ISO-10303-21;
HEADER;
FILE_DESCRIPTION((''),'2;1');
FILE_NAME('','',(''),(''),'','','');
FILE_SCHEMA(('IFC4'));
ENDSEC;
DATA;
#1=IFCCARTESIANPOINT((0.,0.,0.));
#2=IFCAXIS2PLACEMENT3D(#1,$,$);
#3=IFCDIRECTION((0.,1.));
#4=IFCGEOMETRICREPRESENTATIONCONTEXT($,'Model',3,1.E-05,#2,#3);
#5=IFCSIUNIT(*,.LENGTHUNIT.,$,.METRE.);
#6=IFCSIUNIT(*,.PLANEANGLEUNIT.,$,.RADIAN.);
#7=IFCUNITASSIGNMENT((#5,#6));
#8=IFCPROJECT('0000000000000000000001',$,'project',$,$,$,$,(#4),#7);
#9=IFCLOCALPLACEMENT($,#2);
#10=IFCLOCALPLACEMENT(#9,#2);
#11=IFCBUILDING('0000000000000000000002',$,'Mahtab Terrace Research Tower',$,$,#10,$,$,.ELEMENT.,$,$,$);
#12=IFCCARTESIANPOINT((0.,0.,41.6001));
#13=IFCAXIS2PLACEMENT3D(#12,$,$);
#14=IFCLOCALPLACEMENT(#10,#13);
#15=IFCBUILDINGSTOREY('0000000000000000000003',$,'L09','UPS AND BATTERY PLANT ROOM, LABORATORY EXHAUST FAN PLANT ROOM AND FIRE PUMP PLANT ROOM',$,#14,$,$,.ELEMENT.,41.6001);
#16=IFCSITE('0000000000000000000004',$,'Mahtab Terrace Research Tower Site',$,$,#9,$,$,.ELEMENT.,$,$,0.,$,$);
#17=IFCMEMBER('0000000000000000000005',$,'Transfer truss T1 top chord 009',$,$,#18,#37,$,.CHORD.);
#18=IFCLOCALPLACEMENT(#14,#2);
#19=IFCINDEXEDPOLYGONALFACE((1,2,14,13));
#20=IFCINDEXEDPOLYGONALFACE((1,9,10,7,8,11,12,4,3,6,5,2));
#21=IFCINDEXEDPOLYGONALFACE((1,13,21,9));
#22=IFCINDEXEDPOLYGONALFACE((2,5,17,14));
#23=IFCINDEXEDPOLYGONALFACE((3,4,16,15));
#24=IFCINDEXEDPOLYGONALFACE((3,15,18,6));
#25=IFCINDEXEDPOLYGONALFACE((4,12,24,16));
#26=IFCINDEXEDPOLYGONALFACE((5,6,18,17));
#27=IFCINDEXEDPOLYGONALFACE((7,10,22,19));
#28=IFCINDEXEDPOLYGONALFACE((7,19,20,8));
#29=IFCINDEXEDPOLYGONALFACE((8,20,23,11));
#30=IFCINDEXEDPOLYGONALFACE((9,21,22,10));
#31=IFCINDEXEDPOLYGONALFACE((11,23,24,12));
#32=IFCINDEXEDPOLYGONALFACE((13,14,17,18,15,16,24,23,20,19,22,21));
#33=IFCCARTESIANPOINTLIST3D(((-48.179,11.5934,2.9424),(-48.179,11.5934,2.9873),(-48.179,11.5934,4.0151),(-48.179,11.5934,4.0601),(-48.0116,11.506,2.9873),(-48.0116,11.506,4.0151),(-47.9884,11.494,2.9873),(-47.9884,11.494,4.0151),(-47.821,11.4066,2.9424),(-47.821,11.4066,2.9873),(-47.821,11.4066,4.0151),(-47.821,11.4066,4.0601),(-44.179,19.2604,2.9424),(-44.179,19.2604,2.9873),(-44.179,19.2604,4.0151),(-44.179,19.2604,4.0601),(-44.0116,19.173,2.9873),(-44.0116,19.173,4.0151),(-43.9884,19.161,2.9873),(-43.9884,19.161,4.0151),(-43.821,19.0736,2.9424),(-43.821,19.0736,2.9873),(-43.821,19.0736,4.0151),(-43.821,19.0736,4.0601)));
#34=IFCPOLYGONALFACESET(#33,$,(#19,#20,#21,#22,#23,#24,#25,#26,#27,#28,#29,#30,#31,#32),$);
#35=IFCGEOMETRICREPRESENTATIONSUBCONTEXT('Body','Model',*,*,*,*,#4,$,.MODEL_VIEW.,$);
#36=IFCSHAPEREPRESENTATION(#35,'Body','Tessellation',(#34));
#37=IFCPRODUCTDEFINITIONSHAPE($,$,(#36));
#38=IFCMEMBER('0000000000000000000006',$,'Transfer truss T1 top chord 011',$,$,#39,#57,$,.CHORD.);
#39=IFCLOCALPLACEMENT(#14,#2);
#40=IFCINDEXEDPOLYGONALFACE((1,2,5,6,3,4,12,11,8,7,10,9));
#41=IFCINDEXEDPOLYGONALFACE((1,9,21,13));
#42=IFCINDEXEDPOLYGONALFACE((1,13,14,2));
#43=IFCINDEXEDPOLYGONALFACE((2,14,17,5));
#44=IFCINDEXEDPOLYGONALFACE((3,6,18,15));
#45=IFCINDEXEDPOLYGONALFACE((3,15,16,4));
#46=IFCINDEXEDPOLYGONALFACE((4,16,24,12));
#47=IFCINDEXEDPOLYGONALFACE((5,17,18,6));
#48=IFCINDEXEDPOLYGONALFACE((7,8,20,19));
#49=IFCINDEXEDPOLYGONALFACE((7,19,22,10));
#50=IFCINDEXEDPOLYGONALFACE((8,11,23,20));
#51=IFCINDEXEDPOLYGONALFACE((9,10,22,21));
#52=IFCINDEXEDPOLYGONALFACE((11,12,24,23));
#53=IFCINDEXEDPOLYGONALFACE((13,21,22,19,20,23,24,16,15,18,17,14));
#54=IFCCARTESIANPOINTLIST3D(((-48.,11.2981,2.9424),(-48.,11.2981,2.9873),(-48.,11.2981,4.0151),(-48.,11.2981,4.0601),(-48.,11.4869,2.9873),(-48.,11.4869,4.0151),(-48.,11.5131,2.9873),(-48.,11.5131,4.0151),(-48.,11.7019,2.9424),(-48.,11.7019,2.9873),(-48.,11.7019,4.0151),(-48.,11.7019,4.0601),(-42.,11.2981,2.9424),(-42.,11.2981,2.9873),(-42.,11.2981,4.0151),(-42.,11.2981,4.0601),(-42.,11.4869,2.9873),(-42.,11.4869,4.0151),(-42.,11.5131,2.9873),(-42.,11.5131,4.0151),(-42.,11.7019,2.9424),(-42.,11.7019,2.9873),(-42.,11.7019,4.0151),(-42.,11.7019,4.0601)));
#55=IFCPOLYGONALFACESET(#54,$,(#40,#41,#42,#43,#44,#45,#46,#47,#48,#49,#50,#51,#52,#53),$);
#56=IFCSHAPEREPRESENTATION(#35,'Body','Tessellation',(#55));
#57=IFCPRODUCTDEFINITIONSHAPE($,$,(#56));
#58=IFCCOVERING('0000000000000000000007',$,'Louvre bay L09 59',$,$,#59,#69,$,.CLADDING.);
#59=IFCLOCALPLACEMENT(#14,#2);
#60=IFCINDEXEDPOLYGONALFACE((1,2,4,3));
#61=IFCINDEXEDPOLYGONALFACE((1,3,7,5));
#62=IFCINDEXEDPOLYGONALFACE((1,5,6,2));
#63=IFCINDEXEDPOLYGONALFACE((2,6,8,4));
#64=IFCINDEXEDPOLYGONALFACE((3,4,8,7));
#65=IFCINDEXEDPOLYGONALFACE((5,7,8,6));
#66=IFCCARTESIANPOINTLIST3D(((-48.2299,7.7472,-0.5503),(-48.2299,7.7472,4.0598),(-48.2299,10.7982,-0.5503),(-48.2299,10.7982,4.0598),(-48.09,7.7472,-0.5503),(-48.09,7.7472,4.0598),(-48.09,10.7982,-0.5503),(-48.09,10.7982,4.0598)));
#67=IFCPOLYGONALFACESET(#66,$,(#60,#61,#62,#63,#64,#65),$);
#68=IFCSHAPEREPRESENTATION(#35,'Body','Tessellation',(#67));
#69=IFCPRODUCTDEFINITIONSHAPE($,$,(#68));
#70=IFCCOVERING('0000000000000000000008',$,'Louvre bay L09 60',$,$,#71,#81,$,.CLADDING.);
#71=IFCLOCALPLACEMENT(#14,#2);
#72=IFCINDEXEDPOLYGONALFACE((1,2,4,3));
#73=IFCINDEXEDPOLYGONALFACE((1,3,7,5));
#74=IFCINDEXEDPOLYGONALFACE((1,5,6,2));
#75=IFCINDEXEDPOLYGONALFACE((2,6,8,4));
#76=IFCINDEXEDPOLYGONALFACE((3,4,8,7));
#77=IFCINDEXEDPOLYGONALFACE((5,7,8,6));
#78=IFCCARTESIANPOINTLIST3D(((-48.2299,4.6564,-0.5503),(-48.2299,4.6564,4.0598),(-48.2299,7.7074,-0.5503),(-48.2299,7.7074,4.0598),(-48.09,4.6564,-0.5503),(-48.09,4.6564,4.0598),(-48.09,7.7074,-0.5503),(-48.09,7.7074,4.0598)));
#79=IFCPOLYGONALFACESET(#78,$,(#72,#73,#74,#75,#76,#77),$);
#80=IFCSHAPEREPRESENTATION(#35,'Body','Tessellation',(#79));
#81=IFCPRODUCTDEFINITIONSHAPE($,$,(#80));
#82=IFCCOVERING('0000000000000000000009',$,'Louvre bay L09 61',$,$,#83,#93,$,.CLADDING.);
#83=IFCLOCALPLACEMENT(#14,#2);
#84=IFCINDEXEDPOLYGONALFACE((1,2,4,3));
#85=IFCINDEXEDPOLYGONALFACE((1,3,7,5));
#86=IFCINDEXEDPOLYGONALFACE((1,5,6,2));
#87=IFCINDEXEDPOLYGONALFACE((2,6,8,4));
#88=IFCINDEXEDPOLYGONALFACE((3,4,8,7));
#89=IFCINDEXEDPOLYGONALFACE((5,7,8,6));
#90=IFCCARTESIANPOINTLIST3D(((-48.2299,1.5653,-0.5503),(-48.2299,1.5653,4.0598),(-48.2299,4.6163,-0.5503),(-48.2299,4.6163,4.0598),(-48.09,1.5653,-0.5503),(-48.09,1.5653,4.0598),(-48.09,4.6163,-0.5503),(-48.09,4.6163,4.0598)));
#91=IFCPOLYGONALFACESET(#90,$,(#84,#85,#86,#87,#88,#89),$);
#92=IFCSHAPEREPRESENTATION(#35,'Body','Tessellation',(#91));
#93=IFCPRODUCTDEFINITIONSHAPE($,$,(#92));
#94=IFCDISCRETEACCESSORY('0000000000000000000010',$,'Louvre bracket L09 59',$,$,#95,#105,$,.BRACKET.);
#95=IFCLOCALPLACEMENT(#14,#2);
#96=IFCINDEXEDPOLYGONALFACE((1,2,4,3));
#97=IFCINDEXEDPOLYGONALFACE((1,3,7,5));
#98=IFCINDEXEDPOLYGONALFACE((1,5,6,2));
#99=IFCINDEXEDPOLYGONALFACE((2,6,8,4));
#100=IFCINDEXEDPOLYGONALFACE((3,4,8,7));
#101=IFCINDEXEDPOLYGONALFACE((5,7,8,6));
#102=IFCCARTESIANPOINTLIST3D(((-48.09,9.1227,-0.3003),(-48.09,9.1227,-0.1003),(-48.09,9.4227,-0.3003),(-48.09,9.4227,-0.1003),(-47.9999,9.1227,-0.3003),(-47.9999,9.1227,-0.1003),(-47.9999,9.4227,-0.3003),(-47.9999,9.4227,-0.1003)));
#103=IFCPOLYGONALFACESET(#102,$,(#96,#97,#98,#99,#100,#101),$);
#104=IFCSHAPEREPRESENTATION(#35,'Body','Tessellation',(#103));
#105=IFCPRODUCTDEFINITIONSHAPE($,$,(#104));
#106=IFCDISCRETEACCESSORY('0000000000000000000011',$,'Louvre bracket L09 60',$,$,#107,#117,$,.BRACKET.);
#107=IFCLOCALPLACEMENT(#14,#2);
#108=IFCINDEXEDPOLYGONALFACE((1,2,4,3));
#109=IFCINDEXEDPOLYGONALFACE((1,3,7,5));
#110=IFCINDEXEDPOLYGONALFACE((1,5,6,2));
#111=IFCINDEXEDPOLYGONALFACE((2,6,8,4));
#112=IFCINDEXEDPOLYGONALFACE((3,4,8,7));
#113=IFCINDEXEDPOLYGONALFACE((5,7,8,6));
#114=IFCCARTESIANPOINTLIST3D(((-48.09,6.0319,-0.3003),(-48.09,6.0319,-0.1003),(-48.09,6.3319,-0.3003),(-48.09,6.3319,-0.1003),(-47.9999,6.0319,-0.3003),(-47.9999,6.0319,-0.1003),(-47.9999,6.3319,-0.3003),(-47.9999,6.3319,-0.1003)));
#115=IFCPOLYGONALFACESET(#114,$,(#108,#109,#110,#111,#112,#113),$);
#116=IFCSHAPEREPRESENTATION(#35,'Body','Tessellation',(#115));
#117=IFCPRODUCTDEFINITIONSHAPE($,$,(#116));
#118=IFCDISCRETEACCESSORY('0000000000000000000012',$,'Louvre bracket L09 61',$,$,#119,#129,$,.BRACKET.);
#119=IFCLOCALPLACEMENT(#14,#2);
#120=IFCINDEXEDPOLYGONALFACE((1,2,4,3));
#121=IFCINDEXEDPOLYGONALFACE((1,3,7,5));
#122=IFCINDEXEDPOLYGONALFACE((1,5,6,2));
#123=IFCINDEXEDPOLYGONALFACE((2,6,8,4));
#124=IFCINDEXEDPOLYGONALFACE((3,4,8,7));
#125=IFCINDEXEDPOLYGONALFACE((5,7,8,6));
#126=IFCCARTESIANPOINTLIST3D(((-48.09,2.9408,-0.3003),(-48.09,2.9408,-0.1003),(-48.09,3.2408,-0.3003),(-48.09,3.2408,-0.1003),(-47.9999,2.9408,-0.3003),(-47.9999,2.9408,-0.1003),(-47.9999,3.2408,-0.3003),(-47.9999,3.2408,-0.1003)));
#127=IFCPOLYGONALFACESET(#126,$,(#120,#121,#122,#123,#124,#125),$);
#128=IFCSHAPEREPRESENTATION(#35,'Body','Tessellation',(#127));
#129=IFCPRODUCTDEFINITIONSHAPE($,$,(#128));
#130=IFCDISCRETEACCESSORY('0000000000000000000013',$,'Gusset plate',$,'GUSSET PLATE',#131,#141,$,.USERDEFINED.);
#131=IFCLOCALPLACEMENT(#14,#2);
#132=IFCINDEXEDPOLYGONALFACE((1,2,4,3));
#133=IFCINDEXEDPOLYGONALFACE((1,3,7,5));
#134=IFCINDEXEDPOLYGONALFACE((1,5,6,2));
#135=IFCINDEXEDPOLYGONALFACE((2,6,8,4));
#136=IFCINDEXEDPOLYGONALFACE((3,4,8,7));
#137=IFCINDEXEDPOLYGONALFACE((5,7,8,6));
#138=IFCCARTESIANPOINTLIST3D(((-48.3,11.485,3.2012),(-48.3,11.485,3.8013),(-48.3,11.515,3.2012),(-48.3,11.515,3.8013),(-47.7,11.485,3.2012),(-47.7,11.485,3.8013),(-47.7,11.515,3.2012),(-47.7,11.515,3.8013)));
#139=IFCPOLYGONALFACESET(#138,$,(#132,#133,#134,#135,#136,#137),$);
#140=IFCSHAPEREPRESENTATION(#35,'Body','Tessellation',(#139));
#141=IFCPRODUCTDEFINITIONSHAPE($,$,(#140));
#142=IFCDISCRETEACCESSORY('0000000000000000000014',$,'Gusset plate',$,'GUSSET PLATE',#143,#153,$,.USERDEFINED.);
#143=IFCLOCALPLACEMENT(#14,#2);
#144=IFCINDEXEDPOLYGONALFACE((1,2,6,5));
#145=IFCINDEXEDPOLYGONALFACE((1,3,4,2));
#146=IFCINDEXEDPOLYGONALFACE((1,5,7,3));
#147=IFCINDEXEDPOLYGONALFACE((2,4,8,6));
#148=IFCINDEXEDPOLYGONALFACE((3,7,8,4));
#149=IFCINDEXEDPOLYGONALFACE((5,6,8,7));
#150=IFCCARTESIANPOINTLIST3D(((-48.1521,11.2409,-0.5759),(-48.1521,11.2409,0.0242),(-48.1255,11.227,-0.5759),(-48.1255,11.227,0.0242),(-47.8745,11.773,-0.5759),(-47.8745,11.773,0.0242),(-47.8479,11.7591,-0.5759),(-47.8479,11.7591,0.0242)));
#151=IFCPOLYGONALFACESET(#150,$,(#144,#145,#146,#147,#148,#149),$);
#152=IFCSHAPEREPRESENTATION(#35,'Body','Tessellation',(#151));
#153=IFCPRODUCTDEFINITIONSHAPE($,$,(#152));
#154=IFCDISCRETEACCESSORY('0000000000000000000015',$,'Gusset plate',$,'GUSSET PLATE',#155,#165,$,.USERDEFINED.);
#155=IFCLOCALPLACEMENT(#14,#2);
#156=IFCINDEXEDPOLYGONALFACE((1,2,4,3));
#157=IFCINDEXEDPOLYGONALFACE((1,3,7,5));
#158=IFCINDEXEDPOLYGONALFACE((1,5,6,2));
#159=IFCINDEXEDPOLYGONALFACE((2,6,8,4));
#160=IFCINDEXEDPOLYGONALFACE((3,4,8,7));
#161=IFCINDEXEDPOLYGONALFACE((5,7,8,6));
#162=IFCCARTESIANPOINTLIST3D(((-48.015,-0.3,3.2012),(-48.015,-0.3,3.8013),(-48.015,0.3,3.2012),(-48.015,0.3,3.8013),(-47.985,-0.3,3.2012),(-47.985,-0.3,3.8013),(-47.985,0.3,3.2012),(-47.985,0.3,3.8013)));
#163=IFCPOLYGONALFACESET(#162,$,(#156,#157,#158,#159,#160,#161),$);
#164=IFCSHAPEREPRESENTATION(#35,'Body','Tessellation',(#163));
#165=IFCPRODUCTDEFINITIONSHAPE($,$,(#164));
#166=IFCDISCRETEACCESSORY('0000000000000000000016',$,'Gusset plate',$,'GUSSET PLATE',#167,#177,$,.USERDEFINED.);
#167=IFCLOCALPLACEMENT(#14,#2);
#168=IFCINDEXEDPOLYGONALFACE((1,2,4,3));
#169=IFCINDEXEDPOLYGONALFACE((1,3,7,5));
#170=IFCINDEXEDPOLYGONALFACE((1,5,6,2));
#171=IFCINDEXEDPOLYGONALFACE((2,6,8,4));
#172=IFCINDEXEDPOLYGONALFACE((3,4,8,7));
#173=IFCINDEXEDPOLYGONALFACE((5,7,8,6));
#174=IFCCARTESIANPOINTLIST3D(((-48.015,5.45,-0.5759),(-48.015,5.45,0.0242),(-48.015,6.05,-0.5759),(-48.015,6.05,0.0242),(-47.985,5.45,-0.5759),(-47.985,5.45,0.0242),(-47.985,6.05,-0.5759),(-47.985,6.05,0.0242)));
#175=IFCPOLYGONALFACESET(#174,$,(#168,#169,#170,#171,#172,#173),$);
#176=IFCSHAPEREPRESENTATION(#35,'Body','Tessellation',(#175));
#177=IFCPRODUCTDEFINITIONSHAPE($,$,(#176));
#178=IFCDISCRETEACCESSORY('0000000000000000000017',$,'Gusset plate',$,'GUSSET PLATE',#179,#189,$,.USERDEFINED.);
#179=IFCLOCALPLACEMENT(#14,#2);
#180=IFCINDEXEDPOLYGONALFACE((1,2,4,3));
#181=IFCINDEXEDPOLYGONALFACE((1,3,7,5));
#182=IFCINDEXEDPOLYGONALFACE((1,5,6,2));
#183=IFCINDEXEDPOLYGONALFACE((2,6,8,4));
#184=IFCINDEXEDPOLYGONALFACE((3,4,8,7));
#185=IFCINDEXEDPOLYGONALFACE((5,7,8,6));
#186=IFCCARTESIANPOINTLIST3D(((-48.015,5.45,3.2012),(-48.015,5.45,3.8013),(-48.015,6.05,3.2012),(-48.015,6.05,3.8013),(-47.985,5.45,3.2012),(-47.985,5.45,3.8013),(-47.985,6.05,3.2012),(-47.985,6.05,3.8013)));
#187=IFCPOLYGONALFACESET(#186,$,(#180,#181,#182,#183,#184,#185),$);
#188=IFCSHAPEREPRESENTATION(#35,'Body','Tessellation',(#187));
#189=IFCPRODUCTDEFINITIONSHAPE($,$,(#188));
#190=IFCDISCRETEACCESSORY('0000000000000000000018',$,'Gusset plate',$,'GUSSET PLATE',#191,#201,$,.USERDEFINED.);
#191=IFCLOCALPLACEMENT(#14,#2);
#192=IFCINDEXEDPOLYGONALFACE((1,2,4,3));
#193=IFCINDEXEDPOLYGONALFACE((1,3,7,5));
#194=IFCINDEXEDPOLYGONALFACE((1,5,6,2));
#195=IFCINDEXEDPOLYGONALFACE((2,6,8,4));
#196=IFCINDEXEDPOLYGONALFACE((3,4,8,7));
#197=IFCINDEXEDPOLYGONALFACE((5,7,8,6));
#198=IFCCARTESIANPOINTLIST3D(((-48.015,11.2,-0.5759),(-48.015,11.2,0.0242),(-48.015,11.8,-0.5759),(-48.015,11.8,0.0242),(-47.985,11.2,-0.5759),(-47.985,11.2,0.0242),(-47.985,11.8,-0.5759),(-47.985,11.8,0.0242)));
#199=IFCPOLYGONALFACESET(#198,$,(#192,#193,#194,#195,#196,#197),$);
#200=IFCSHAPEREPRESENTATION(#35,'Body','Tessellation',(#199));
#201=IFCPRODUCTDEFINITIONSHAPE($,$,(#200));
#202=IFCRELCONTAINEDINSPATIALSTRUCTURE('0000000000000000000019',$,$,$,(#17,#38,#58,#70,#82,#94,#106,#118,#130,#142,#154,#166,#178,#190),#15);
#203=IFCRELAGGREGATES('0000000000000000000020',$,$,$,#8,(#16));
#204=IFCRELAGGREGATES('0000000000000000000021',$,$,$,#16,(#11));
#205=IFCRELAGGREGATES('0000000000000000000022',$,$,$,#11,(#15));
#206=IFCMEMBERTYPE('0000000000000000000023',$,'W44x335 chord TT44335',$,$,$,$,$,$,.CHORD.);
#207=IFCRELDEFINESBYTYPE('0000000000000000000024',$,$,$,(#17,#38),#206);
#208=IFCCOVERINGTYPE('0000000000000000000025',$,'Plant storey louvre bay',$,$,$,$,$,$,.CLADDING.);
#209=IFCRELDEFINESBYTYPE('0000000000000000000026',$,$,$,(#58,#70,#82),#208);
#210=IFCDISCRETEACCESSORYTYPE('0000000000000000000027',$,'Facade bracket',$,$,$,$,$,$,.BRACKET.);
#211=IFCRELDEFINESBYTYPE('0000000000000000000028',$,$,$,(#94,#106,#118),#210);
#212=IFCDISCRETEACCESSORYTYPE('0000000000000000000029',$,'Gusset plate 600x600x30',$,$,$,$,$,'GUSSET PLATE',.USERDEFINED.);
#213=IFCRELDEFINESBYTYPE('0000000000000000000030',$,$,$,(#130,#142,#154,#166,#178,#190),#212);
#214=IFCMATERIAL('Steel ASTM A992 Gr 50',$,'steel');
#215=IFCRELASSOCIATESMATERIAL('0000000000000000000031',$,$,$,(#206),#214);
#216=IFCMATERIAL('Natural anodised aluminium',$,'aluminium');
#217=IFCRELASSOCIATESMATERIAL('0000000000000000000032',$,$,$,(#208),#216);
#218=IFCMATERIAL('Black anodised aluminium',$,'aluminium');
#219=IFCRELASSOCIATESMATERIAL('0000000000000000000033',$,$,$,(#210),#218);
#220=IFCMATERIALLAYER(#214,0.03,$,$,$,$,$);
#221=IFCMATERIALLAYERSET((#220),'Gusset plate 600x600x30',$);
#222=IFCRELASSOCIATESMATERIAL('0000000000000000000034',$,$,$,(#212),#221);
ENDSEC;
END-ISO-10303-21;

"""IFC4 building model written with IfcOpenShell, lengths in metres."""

from ifc_helpers import new_model, si_unit, direction, frame, origin, origin_2d, place, context, subcontext, project, spatial, rectangle, i_section, extrude, material, layer, layer_set, material_profile, profile_set, type_object, element, save


model = new_model("IFC4")

# Units and contexts
model_context = context("Model", 3, precision=1e-05, world=origin(), true_north=direction((0.0, 1.0)))
body_context = subcontext(model_context, "Body", "Model", "MODEL_VIEW")
ifc_project = project(units=[si_unit("LENGTHUNIT", "METRE"), si_unit("PLANEANGLEUNIT", "RADIAN")], contexts=[model_context])

# Site, building, storey
site_placement = place(None, origin())
site = spatial("IfcSite", under=ifc_project, at=site_placement, Name="Mahtab Terrace Research Tower Site", CompositionType="ELEMENT", RefElevation=0.0)
building_placement = place(site_placement, origin())
building = spatial("IfcBuilding", under=site, at=building_placement, Name="Mahtab Terrace Research Tower", CompositionType="ELEMENT")
storey_placement = place(building_placement, frame((0.0, 0.0, 41.6001)))
storey = spatial("IfcBuildingStorey", under=building, at=storey_placement, Name="L09", Description="UPS AND BATTERY PLANT ROOM, LABORATORY EXHAUST FAN PLANT ROOM AND FIRE PUMP PLANT ROOM", CompositionType="ELEMENT", Elevation=41.6001)

# Members
ifc_material_1 = material(Name="Steel ASTM A992 Gr 50", Category="steel")
ifc_material_profile_1 = material_profile(ifc_material_1, i_section(OverallWidth=0.4038, OverallDepth=1.1177, WebThickness=0.0261, FlangeThickness=0.0449, at=origin_2d()), Name="W44X335")
ifc_profile_set_1 = profile_set([ifc_material_profile_1], Name="Steel ASTM A992 Gr 50")
member_type_1 = type_object("IfcMemberType", Name="W44x335 chord TT44335", PredefinedType="CHORD", material=ifc_profile_set_1)
member_1_placement = place(storey_placement, frame((-48.0, 11.5, 3.5012), z_axis=(0.462551, 0.886593, 0.0), x_axis=(-0.886593, 0.462551, 0.0)))
element("IfcMember", 1, at=member_1_placement, inside=storey, type_object=member_type_1, Name="Transfer truss T1 top chord 009", PredefinedType="CHORD", context=body_context, shape_type="SweptSolid", body=[
    extrude(i_section(OverallWidth=0.4038, OverallDepth=1.1177, WebThickness=0.0261, FlangeThickness=0.0449, at=origin_2d()), origin(), (0.0, 0.0, 1.0), 8.6477),
])
member_2_placement = place(storey_placement, frame((-48.0, 11.5, 3.5012), z_axis=(1.0, 0.0, 0.0), x_axis=(0.0, 1.0, 0.0)))
element("IfcMember", 2, at=member_2_placement, inside=storey, type_object=member_type_1, Name="Transfer truss T1 top chord 011", PredefinedType="CHORD", context=body_context, shape_type="SweptSolid", body=[
    extrude(i_section(OverallWidth=0.4038, OverallDepth=1.1177, WebThickness=0.0261, FlangeThickness=0.0449, at=origin_2d()), origin(), (0.0, 0.0, 1.0), 6.0),
])

# Coverings
ifc_material_2 = material(Name="Natural anodised aluminium", Category="aluminium")
covering_type = type_object("IfcCoveringType", Name="Plant storey louvre bay", PredefinedType="CLADDING", material=ifc_material_2)
for number, where, z_axis, x_axis, name in (
    (3, (-48.1599, 9.2727, -0.5503), (0.0, 0.0, 1.0), (0.0, -1.0, 0.0), "Louvre bay L09 59"),
    (4, (-48.1599, 6.1819, -0.5503), (0.0, 0.0, 1.0), (0.0, -1.0, 0.0), "Louvre bay L09 60"),
    (5, (-48.1599, 3.0908, -0.5503), (0.0, 0.0, 1.0), (0.0, -1.0, 0.0), "Louvre bay L09 61"),
):
    element("IfcCovering", number, at=place(storey_placement, frame(where, z_axis=z_axis, x_axis=x_axis)), inside=storey, type_object=covering_type, Name=name, PredefinedType="CLADDING", context=body_context, shape_type="SweptSolid", body=[
        extrude(rectangle(XDim=3.051, YDim=0.1399, at=origin_2d()), origin(), (0.0, 0.0, 1.0), 4.6101),
    ])

# Discrete accessories
ifc_material_3 = material(Name="Black anodised aluminium", Category="aluminium")
discrete_accessory_type_1 = type_object("IfcDiscreteAccessoryType", Name="Facade bracket", PredefinedType="BRACKET", material=ifc_material_3)
for number, where, z_axis, x_axis, name in (
    (6, (-48.0449, 9.2727, -0.3003), (0.0, 0.0, 1.0), (0.0, -1.0, 0.0), "Louvre bracket L09 59"),
    (7, (-48.0449, 6.1819, -0.3003), (0.0, 0.0, 1.0), (0.0, -1.0, 0.0), "Louvre bracket L09 60"),
    (8, (-48.0449, 3.0908, -0.3003), (0.0, 0.0, 1.0), (0.0, -1.0, 0.0), "Louvre bracket L09 61"),
):
    element("IfcDiscreteAccessory", number, at=place(storey_placement, frame(where, z_axis=z_axis, x_axis=x_axis)), inside=storey, type_object=discrete_accessory_type_1, Name=name, PredefinedType="BRACKET", context=body_context, shape_type="SweptSolid", body=[
        extrude(rectangle(XDim=0.3, YDim=0.0901, at=origin_2d()), origin(), (0.0, 0.0, 1.0), 0.2),
    ])
ifc_layer = layer(ifc_material_1, 0.03)
ifc_layer_set = layer_set([ifc_layer], Name="Gusset plate 600x600x30")
discrete_accessory_type_2 = type_object("IfcDiscreteAccessoryType", Name="Gusset plate 600x600x30", ElementType="GUSSET PLATE", PredefinedType="USERDEFINED", material=ifc_layer_set)
for number, where, z_axis, x_axis, name in (
    (9, (-48.0, 11.5, 3.2012), (0.0, 0.0, 1.0), (1.0, 0.0, 0.0), "Gusset plate"),
    (10, (-48.0, 11.5, -0.5759), (0.0, 0.0, 1.0), (0.4626, 0.886567, 0.0), "Gusset plate"),
    (11, (-48.0, 0.0, 3.2012), (0.0, 0.0, 1.0), (0.0, 1.0, 0.0), "Gusset plate"),
    (12, (-48.0, 5.75, -0.5759), (0.0, 0.0, 1.0), (0.0, 1.0, 0.0), "Gusset plate"),
    (13, (-48.0, 5.75, 3.2012), (0.0, 0.0, 1.0), (0.0, 1.0, 0.0), "Gusset plate"),
    (14, (-48.0, 11.5, -0.5759), (0.0, 0.0, 1.0), (0.0, 1.0, 0.0), "Gusset plate"),
):
    element("IfcDiscreteAccessory", number, at=place(storey_placement, frame(where, z_axis=z_axis, x_axis=x_axis)), inside=storey, type_object=discrete_accessory_type_2, Name=name, ObjectType="GUSSET PLATE", PredefinedType="USERDEFINED", context=body_context, shape_type="SweptSolid", body=[
        extrude(rectangle(XDim=0.6001, YDim=0.03, at=origin_2d()), origin(), (0.0, 0.0, 1.0), 0.6001),
    ])

save(model, "model.ifc")
